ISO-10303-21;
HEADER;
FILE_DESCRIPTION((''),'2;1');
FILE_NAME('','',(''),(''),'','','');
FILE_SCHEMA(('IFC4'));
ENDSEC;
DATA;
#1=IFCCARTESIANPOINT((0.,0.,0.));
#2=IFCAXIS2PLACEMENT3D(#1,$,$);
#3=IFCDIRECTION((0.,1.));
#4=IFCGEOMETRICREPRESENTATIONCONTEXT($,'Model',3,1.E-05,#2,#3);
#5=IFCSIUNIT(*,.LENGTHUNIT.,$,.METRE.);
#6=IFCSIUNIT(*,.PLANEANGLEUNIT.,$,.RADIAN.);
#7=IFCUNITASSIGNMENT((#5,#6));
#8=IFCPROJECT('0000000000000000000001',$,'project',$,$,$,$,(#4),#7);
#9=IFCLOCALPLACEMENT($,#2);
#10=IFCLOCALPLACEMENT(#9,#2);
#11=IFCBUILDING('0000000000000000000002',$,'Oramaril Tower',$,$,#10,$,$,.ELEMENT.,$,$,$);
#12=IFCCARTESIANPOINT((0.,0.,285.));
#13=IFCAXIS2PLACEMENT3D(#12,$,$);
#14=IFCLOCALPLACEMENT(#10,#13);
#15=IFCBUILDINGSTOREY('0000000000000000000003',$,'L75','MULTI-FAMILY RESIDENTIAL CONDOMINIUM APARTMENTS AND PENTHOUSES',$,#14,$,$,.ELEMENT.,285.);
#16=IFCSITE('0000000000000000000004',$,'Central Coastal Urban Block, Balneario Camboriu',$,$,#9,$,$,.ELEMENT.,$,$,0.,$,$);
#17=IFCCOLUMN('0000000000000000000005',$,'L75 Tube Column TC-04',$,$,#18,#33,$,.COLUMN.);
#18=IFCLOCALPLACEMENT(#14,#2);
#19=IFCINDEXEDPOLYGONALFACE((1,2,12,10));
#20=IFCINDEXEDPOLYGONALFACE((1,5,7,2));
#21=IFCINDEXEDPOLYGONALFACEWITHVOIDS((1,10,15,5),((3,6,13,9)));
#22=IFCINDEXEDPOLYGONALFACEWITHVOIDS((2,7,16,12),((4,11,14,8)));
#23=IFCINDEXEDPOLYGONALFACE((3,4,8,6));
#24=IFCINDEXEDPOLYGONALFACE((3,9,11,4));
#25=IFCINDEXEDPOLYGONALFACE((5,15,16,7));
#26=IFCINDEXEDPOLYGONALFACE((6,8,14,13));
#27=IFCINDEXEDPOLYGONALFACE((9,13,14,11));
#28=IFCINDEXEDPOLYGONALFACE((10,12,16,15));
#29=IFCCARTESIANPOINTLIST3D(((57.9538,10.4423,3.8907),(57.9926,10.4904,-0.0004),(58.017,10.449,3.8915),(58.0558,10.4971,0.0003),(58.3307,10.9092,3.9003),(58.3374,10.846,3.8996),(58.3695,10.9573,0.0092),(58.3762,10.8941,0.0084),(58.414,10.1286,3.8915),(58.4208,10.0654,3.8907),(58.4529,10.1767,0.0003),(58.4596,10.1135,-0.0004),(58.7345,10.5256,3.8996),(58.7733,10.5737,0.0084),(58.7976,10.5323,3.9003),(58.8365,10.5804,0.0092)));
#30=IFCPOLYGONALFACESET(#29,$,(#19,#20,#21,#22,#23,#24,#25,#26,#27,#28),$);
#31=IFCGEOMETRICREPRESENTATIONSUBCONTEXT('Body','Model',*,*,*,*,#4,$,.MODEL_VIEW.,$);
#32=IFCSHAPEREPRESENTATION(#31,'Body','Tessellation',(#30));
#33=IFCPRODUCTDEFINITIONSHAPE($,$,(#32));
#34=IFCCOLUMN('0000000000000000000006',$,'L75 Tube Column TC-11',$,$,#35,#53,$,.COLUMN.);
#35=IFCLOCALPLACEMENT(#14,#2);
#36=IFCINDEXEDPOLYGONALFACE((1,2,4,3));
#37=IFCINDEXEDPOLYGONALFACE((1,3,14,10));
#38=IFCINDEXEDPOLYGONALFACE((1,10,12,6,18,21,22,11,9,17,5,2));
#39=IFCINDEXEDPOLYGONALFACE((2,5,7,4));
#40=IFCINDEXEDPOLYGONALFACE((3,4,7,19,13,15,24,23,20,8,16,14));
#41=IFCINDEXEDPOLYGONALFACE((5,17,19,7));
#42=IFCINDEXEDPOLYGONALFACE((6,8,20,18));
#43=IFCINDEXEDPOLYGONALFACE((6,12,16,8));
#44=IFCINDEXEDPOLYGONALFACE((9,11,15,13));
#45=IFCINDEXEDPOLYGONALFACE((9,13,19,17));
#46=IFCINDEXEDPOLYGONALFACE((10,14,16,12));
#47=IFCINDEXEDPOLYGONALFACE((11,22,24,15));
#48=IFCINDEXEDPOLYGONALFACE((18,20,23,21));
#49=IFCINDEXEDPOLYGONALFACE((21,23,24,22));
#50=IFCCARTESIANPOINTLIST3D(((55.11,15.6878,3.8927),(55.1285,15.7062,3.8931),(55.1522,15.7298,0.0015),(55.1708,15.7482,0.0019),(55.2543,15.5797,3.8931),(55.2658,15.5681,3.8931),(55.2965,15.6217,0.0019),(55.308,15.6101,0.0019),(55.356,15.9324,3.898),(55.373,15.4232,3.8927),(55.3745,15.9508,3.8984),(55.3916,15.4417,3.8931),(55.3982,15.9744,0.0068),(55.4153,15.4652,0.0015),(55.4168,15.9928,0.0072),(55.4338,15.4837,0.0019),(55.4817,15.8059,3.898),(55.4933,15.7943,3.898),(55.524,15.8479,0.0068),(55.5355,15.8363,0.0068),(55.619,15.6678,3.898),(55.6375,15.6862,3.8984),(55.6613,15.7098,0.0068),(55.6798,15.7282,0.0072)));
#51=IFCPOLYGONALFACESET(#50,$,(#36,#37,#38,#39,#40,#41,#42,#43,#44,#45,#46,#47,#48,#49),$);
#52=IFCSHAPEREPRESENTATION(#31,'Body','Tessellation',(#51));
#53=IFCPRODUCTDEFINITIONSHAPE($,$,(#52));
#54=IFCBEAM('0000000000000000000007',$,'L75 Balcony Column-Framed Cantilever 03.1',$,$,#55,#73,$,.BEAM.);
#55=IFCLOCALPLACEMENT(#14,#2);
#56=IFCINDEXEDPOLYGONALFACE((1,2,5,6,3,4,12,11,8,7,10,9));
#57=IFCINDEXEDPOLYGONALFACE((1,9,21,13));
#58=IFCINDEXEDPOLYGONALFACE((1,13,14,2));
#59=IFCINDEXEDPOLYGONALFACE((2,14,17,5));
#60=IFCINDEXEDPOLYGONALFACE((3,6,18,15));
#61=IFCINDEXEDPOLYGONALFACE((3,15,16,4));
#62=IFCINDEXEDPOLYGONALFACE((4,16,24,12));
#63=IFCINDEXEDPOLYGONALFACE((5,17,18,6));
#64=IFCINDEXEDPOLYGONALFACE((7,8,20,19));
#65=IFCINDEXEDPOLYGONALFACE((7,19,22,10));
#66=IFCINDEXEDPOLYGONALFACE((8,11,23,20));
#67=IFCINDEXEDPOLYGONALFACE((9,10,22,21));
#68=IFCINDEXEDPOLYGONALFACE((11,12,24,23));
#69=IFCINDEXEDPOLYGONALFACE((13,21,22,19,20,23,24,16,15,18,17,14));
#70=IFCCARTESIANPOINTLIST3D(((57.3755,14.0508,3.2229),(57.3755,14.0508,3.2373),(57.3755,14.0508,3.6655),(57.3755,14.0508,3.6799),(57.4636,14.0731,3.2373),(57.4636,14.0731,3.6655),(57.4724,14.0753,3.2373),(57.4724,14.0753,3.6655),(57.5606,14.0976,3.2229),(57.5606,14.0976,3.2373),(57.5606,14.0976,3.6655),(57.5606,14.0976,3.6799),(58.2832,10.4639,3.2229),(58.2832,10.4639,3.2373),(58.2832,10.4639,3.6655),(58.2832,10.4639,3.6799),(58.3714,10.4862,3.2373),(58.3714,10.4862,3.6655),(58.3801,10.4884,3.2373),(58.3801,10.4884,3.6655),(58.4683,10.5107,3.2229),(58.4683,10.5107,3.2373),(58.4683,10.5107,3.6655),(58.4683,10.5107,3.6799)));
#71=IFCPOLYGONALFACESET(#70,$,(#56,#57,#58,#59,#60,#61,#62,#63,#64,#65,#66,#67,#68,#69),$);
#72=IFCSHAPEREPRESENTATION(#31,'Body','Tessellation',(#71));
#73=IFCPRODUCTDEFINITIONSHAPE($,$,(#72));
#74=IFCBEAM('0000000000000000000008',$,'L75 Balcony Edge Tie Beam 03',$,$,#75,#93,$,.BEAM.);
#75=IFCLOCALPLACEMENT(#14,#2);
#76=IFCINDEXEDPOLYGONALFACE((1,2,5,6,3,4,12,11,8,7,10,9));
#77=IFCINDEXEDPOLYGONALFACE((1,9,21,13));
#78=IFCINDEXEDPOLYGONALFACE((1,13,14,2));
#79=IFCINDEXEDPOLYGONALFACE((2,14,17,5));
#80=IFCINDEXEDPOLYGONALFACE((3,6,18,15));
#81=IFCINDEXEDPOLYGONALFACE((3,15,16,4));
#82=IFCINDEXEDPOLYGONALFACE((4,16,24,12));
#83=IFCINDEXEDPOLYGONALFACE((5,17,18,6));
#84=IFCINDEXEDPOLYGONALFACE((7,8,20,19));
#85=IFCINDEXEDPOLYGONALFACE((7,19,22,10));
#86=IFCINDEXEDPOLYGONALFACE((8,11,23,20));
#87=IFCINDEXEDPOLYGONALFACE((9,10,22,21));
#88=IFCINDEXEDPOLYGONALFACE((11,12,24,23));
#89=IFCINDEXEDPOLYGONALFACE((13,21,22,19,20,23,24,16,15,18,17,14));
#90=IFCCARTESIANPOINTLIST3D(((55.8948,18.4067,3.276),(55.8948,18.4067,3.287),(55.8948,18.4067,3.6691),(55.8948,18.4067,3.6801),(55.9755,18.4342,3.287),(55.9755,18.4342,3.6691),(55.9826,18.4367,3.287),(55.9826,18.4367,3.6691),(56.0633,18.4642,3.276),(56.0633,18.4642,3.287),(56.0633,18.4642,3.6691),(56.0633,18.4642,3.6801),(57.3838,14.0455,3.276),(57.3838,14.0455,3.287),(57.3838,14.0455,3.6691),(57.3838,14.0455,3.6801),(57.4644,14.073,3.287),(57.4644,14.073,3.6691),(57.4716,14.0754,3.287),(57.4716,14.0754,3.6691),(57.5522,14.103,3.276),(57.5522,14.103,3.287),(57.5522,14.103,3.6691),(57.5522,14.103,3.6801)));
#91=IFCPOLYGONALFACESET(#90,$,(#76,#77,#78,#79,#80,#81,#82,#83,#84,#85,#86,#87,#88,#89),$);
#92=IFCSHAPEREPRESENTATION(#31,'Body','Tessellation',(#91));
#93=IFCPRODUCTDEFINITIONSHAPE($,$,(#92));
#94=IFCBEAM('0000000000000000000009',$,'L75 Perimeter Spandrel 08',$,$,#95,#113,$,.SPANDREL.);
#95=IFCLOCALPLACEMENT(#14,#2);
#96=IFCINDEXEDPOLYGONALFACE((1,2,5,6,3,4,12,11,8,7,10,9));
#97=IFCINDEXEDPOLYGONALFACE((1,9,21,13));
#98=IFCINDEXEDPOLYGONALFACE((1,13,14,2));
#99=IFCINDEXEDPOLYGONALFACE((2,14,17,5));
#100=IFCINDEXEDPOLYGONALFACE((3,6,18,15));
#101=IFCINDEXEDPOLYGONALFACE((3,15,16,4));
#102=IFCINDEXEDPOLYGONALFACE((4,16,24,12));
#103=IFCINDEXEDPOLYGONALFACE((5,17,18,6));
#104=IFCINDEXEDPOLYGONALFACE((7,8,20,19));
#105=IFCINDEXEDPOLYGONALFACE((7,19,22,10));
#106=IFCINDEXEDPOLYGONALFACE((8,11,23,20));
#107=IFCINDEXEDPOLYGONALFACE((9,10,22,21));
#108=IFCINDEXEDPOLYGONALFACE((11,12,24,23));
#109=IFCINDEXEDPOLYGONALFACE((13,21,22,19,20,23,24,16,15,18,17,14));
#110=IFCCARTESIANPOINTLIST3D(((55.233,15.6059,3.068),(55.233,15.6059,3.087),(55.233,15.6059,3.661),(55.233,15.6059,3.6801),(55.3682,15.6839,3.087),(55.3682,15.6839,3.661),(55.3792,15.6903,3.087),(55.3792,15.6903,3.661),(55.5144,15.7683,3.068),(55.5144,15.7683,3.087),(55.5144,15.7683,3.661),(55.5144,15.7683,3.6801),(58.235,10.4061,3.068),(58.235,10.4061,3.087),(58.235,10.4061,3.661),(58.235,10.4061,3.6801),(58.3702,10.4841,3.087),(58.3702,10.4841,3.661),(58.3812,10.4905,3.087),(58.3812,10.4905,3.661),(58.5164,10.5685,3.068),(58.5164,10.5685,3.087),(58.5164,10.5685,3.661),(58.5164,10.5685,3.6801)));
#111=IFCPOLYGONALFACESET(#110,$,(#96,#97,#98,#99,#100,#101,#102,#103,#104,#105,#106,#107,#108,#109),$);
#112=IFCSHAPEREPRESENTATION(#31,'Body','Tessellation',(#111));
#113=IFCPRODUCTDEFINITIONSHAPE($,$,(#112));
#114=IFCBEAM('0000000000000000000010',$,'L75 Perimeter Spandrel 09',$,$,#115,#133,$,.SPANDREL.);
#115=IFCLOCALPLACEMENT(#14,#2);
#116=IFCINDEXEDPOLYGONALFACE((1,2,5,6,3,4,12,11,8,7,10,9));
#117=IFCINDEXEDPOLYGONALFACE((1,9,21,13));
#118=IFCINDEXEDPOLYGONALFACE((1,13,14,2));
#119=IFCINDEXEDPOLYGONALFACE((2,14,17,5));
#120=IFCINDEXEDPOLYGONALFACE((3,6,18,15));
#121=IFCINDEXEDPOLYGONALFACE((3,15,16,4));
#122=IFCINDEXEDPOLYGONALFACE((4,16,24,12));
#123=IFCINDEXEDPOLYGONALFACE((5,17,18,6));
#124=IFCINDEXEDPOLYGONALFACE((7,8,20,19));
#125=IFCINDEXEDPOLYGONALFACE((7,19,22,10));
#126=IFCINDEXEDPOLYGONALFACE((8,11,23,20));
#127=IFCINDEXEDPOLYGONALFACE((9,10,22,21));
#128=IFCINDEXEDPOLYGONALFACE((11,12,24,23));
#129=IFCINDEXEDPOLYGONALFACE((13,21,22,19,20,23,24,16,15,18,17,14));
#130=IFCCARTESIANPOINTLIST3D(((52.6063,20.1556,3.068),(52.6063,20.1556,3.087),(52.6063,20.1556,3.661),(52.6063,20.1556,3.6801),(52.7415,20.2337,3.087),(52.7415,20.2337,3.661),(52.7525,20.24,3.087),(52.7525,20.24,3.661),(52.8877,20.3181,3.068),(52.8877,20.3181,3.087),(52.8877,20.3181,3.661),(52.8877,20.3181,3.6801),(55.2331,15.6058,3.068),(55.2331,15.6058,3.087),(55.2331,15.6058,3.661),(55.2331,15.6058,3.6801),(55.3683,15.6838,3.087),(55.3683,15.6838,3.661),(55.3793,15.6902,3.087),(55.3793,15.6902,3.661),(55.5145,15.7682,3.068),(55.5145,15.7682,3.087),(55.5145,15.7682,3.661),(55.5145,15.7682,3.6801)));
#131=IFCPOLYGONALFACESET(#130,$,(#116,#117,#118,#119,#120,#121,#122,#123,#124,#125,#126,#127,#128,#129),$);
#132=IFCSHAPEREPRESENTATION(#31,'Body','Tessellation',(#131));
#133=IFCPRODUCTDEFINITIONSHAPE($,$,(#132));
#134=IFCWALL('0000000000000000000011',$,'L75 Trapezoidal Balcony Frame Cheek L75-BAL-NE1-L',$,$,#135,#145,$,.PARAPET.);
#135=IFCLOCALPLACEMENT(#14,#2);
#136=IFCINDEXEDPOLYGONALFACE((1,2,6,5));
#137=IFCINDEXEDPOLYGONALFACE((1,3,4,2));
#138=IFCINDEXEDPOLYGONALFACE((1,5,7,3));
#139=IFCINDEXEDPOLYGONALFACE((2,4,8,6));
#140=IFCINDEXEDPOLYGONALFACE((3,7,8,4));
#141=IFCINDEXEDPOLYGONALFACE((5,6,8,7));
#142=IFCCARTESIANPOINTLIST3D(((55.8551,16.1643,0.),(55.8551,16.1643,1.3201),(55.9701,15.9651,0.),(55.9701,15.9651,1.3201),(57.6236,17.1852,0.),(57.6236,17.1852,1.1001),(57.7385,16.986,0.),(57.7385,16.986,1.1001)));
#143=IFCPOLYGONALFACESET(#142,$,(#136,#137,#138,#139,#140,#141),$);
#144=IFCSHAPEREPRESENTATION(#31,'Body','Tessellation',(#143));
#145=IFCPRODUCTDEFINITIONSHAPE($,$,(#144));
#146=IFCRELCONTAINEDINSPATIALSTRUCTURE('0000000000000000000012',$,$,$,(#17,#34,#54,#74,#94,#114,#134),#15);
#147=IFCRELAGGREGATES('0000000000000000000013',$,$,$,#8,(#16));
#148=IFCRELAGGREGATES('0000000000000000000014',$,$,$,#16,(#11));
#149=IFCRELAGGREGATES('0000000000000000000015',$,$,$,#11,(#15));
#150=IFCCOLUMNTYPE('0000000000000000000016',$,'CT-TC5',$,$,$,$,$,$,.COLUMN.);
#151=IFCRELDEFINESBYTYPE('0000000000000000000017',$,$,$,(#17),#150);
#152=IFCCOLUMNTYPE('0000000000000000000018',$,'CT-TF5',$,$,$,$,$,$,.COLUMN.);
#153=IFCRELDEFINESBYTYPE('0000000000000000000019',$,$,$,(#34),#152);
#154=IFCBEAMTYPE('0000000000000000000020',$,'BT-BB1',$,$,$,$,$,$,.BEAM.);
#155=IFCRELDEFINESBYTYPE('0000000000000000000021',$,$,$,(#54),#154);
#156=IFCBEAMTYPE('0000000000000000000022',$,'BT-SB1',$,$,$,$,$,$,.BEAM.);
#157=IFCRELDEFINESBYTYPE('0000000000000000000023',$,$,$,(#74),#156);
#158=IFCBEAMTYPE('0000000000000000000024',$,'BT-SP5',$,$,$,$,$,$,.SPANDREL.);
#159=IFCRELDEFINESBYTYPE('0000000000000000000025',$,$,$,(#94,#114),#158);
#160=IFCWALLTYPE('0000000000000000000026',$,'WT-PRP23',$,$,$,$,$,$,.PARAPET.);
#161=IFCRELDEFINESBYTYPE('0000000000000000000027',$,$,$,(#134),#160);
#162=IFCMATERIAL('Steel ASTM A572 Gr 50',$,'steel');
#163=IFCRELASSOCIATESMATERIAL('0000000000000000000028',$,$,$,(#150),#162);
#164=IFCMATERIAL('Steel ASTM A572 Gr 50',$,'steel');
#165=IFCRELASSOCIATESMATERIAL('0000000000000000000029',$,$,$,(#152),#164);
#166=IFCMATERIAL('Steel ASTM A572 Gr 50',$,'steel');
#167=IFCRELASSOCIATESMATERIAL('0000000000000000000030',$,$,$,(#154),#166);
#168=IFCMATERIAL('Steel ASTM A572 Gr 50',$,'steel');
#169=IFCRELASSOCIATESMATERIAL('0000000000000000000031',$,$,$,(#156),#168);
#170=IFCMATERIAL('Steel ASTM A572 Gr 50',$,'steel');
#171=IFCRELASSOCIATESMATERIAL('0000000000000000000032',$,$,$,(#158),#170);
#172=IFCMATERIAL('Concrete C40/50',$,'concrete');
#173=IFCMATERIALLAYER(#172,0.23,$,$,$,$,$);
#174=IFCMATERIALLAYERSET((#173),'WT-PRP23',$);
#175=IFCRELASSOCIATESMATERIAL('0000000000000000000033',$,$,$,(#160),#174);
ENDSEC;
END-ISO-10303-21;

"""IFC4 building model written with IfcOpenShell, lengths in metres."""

from ifc_helpers import new_model, si_unit, direction, frame, origin, origin_2d, place, context, subcontext, project, spatial, polyline, hollow_rectangle, i_section, outline, extrude, material, layer, layer_set, material_profile, profile_set, type_object, element, save


model = new_model("IFC4")

# Units and contexts
model_context = context("Model", 3, precision=1e-05, world=origin(), true_north=direction((0.0, 1.0)))
body_context = subcontext(model_context, "Body", "Model", "MODEL_VIEW")
ifc_project = project(units=[si_unit("LENGTHUNIT", "METRE"), si_unit("PLANEANGLEUNIT", "RADIAN")], contexts=[model_context])

# Site, building, storey
site_placement = place(None, origin())
site = spatial("IfcSite", under=ifc_project, at=site_placement, Name="Central Coastal Urban Block, Balneario Camboriu", CompositionType="ELEMENT", RefElevation=0.0)
building_placement = place(site_placement, origin())
building = spatial("IfcBuilding", under=site, at=building_placement, Name="Oramaril Tower", CompositionType="ELEMENT")
storey_placement = place(building_placement, frame((0.0, 0.0, 285.0)))
storey = spatial("IfcBuildingStorey", under=building, at=storey_placement, Name="L75", Description="MULTI-FAMILY RESIDENTIAL CONDOMINIUM APARTMENTS AND PENTHOUSES", CompositionType="ELEMENT", Elevation=285.0)

# Columns
ifc_material_1 = material(Name="Steel ASTM A572 Gr 50", Category="steel")
ifc_material_profile_1 = material_profile(ifc_material_1, hollow_rectangle(XDim=0.6001, YDim=0.6001, WallThickness=0.0449, at=origin_2d()), Name="BOX600X600X45")
ifc_profile_set_1 = profile_set([ifc_material_profile_1], Name="Steel ASTM A572 Gr 50")
column_type_1 = type_object("IfcColumnType", Name="CT-TC5", PredefinedType="COLUMN", material=ifc_profile_set_1)
column_1_placement = place(storey_placement, frame((58.4146, 10.5354, 0.0044), z_axis=(-0.009975, -0.012359, 0.999874), x_axis=(0.778164, -0.628061, 0.0)))
element("IfcColumn", 1, at=column_1_placement, inside=storey, type_object=column_type_1, Name="L75 Tube Column TC-04", PredefinedType="COLUMN", context=body_context, shape_type="SweptSolid", body=[
    extrude(hollow_rectangle(XDim=0.6001, YDim=0.6001, WallThickness=0.0449, at=origin_2d()), origin(), (0.0, 0.0, 1.0), 3.8916),
])
ifc_material_2 = material(Name="Steel ASTM A572 Gr 50", Category="steel")
ifc_material_profile_2 = material_profile(ifc_material_2, i_section(OverallWidth=0.373, OverallDepth=0.373, WebThickness=0.0164, FlangeThickness=0.0261, at=origin_2d()), Name="W14X132")
ifc_profile_set_2 = profile_set([ifc_material_profile_2], Name="Steel ASTM A572 Gr 50")
column_type_2 = type_object("IfcColumnType", Name="CT-TF5", PredefinedType="COLUMN", material=ifc_profile_set_2)
column_2_placement = place(storey_placement, frame((55.416, 15.729, 0.0044), z_axis=(-0.010853, -0.010791, 0.999883), x_axis=(0.705054, -0.709153, 0.0)))
element("IfcColumn", 2, at=column_2_placement, inside=storey, type_object=column_type_2, Name="L75 Tube Column TC-11", PredefinedType="COLUMN", context=body_context, shape_type="SweptSolid", body=[
    extrude(i_section(OverallWidth=0.373, OverallDepth=0.373, WebThickness=0.0164, FlangeThickness=0.0261, at=origin_2d()), origin(), (0.0, 0.0, 1.0), 3.8916),
])

# Beams
ifc_material_3 = material(Name="Steel ASTM A572 Gr 50", Category="steel")
ifc_material_profile_3 = material_profile(ifc_material_3, i_section(OverallWidth=0.1909, OverallDepth=0.457, WebThickness=0.009, FlangeThickness=0.0144, at=origin_2d()), Name="W18X50")
ifc_profile_set_3 = profile_set([ifc_material_profile_3], Name="Steel ASTM A572 Gr 50")
beam_type_1 = type_object("IfcBeamType", Name="BT-BB1", PredefinedType="BEAM", material=ifc_profile_set_3)
beam_1_placement = place(storey_placement, frame((58.3757, 10.4873, 3.4514), z_axis=(-0.245329, 0.96944, 0.0), x_axis=(-0.96944, -0.245329, 0.0)))
element("IfcBeam", 3, at=beam_1_placement, inside=storey, type_object=beam_type_1, Name="L75 Balcony Column-Framed Cantilever 03.1", PredefinedType="BEAM", context=body_context, shape_type="SweptSolid", body=[
    extrude(i_section(OverallWidth=0.1909, OverallDepth=0.457, WebThickness=0.009, FlangeThickness=0.0144, at=origin_2d()), origin(), (0.0, 0.0, 1.0), 3.7),
])
ifc_material_4 = material(Name="Steel ASTM A572 Gr 50", Category="steel")
ifc_material_profile_4 = material_profile(ifc_material_4, i_section(OverallWidth=0.178, OverallDepth=0.4041, WebThickness=0.0076, FlangeThickness=0.011, at=origin_2d()), Name="W16X36")
ifc_profile_set_4 = profile_set([ifc_material_profile_4], Name="Steel ASTM A572 Gr 50")
beam_type_2 = type_object("IfcBeamType", Name="BT-SB1", PredefinedType="BEAM", material=ifc_profile_set_4)
beam_2_placement = place(storey_placement, frame((57.468, 14.0742, 3.478), z_axis=(-0.323101, 0.946364, 0.0), x_axis=(-0.946364, -0.323101, 0.0)))
element("IfcBeam", 4, at=beam_2_placement, inside=storey, type_object=beam_type_2, Name="L75 Balcony Edge Tie Beam 03", PredefinedType="BEAM", context=body_context, shape_type="SweptSolid", body=[
    extrude(i_section(OverallWidth=0.178, OverallDepth=0.4041, WebThickness=0.0076, FlangeThickness=0.011, at=origin_2d()), origin(), (0.0, 0.0, 1.0), 4.6084),
])
ifc_material_5 = material(Name="Steel ASTM A572 Gr 50", Category="steel")
ifc_material_profile_5 = material_profile(ifc_material_5, i_section(OverallWidth=0.325, OverallDepth=0.6121, WebThickness=0.0127, FlangeThickness=0.019, at=origin_2d()), Name="W24X104")
ifc_profile_set_5 = profile_set([ifc_material_profile_5], Name="Steel ASTM A572 Gr 50")
beam_type_3 = type_object("IfcBeamType", Name="BT-SP5", PredefinedType="SPANDREL", material=ifc_profile_set_5)
beam_3_placement = place(storey_placement, frame((58.3757, 10.4873, 3.374), z_axis=(-0.499988, 0.866033, 0.0), x_axis=(-0.866033, -0.499988, 0.0)))
element("IfcBeam", 5, at=beam_3_placement, inside=storey, type_object=beam_type_3, Name="L75 Perimeter Spandrel 08", PredefinedType="SPANDREL", context=body_context, shape_type="SweptSolid", body=[
    extrude(i_section(OverallWidth=0.325, OverallDepth=0.6121, WebThickness=0.0127, FlangeThickness=0.019, at=origin_2d()), origin(), (0.0, 0.0, 1.0), 6.0042),
])
beam_4_placement = place(storey_placement, frame((55.3738, 15.687, 3.374), z_axis=(-0.499983, 0.866035, 0.0), x_axis=(-0.866035, -0.499983, 0.0)))
element("IfcBeam", 6, at=beam_4_placement, inside=storey, type_object=beam_type_3, Name="L75 Perimeter Spandrel 09", PredefinedType="SPANDREL", context=body_context, shape_type="SweptSolid", body=[
    extrude(i_section(OverallWidth=0.325, OverallDepth=0.6121, WebThickness=0.0127, FlangeThickness=0.019, at=origin_2d()), origin(), (0.0, 0.0, 1.0), 5.2537),
])

# Wall
ifc_material_6 = material(Name="Concrete C40/50", Category="concrete")
ifc_layer_1 = layer(ifc_material_6, 0.23)
ifc_layer_set_1 = layer_set([ifc_layer_1], Name="WT-PRP23")
wall_type_1 = type_object("IfcWallType", Name="WT-PRP23", PredefinedType="PARAPET", material=ifc_layer_set_1)
wall_1_placement = place(storey_placement, frame((55.9126, 16.0647, 0.0), z_axis=(0.0, 0.0, 1.0), x_axis=(0.866042, 0.499971, 0.0)))
element("IfcWall", 7, at=wall_1_placement, inside=storey, type_object=wall_type_1, Name="L75 Trapezoidal Balcony Frame Cheek L75-BAL-NE1-L", PredefinedType="PARAPET", context=body_context, shape_type="SweptSolid", body=[
    extrude(outline(polyline([(0.0, 0.0), (2.042, 0.0), (2.042, 1.1001), (0.0, 1.3201), (0.0, 0.0)])), frame((0.0, 0.115, 0.0), z_axis=(0.0, -1.0, 0.0), x_axis=(1.0, 0.0, 0.0)), (0.0, 0.0, 1.0), 0.23),
])

save(model, "model.ifc")
